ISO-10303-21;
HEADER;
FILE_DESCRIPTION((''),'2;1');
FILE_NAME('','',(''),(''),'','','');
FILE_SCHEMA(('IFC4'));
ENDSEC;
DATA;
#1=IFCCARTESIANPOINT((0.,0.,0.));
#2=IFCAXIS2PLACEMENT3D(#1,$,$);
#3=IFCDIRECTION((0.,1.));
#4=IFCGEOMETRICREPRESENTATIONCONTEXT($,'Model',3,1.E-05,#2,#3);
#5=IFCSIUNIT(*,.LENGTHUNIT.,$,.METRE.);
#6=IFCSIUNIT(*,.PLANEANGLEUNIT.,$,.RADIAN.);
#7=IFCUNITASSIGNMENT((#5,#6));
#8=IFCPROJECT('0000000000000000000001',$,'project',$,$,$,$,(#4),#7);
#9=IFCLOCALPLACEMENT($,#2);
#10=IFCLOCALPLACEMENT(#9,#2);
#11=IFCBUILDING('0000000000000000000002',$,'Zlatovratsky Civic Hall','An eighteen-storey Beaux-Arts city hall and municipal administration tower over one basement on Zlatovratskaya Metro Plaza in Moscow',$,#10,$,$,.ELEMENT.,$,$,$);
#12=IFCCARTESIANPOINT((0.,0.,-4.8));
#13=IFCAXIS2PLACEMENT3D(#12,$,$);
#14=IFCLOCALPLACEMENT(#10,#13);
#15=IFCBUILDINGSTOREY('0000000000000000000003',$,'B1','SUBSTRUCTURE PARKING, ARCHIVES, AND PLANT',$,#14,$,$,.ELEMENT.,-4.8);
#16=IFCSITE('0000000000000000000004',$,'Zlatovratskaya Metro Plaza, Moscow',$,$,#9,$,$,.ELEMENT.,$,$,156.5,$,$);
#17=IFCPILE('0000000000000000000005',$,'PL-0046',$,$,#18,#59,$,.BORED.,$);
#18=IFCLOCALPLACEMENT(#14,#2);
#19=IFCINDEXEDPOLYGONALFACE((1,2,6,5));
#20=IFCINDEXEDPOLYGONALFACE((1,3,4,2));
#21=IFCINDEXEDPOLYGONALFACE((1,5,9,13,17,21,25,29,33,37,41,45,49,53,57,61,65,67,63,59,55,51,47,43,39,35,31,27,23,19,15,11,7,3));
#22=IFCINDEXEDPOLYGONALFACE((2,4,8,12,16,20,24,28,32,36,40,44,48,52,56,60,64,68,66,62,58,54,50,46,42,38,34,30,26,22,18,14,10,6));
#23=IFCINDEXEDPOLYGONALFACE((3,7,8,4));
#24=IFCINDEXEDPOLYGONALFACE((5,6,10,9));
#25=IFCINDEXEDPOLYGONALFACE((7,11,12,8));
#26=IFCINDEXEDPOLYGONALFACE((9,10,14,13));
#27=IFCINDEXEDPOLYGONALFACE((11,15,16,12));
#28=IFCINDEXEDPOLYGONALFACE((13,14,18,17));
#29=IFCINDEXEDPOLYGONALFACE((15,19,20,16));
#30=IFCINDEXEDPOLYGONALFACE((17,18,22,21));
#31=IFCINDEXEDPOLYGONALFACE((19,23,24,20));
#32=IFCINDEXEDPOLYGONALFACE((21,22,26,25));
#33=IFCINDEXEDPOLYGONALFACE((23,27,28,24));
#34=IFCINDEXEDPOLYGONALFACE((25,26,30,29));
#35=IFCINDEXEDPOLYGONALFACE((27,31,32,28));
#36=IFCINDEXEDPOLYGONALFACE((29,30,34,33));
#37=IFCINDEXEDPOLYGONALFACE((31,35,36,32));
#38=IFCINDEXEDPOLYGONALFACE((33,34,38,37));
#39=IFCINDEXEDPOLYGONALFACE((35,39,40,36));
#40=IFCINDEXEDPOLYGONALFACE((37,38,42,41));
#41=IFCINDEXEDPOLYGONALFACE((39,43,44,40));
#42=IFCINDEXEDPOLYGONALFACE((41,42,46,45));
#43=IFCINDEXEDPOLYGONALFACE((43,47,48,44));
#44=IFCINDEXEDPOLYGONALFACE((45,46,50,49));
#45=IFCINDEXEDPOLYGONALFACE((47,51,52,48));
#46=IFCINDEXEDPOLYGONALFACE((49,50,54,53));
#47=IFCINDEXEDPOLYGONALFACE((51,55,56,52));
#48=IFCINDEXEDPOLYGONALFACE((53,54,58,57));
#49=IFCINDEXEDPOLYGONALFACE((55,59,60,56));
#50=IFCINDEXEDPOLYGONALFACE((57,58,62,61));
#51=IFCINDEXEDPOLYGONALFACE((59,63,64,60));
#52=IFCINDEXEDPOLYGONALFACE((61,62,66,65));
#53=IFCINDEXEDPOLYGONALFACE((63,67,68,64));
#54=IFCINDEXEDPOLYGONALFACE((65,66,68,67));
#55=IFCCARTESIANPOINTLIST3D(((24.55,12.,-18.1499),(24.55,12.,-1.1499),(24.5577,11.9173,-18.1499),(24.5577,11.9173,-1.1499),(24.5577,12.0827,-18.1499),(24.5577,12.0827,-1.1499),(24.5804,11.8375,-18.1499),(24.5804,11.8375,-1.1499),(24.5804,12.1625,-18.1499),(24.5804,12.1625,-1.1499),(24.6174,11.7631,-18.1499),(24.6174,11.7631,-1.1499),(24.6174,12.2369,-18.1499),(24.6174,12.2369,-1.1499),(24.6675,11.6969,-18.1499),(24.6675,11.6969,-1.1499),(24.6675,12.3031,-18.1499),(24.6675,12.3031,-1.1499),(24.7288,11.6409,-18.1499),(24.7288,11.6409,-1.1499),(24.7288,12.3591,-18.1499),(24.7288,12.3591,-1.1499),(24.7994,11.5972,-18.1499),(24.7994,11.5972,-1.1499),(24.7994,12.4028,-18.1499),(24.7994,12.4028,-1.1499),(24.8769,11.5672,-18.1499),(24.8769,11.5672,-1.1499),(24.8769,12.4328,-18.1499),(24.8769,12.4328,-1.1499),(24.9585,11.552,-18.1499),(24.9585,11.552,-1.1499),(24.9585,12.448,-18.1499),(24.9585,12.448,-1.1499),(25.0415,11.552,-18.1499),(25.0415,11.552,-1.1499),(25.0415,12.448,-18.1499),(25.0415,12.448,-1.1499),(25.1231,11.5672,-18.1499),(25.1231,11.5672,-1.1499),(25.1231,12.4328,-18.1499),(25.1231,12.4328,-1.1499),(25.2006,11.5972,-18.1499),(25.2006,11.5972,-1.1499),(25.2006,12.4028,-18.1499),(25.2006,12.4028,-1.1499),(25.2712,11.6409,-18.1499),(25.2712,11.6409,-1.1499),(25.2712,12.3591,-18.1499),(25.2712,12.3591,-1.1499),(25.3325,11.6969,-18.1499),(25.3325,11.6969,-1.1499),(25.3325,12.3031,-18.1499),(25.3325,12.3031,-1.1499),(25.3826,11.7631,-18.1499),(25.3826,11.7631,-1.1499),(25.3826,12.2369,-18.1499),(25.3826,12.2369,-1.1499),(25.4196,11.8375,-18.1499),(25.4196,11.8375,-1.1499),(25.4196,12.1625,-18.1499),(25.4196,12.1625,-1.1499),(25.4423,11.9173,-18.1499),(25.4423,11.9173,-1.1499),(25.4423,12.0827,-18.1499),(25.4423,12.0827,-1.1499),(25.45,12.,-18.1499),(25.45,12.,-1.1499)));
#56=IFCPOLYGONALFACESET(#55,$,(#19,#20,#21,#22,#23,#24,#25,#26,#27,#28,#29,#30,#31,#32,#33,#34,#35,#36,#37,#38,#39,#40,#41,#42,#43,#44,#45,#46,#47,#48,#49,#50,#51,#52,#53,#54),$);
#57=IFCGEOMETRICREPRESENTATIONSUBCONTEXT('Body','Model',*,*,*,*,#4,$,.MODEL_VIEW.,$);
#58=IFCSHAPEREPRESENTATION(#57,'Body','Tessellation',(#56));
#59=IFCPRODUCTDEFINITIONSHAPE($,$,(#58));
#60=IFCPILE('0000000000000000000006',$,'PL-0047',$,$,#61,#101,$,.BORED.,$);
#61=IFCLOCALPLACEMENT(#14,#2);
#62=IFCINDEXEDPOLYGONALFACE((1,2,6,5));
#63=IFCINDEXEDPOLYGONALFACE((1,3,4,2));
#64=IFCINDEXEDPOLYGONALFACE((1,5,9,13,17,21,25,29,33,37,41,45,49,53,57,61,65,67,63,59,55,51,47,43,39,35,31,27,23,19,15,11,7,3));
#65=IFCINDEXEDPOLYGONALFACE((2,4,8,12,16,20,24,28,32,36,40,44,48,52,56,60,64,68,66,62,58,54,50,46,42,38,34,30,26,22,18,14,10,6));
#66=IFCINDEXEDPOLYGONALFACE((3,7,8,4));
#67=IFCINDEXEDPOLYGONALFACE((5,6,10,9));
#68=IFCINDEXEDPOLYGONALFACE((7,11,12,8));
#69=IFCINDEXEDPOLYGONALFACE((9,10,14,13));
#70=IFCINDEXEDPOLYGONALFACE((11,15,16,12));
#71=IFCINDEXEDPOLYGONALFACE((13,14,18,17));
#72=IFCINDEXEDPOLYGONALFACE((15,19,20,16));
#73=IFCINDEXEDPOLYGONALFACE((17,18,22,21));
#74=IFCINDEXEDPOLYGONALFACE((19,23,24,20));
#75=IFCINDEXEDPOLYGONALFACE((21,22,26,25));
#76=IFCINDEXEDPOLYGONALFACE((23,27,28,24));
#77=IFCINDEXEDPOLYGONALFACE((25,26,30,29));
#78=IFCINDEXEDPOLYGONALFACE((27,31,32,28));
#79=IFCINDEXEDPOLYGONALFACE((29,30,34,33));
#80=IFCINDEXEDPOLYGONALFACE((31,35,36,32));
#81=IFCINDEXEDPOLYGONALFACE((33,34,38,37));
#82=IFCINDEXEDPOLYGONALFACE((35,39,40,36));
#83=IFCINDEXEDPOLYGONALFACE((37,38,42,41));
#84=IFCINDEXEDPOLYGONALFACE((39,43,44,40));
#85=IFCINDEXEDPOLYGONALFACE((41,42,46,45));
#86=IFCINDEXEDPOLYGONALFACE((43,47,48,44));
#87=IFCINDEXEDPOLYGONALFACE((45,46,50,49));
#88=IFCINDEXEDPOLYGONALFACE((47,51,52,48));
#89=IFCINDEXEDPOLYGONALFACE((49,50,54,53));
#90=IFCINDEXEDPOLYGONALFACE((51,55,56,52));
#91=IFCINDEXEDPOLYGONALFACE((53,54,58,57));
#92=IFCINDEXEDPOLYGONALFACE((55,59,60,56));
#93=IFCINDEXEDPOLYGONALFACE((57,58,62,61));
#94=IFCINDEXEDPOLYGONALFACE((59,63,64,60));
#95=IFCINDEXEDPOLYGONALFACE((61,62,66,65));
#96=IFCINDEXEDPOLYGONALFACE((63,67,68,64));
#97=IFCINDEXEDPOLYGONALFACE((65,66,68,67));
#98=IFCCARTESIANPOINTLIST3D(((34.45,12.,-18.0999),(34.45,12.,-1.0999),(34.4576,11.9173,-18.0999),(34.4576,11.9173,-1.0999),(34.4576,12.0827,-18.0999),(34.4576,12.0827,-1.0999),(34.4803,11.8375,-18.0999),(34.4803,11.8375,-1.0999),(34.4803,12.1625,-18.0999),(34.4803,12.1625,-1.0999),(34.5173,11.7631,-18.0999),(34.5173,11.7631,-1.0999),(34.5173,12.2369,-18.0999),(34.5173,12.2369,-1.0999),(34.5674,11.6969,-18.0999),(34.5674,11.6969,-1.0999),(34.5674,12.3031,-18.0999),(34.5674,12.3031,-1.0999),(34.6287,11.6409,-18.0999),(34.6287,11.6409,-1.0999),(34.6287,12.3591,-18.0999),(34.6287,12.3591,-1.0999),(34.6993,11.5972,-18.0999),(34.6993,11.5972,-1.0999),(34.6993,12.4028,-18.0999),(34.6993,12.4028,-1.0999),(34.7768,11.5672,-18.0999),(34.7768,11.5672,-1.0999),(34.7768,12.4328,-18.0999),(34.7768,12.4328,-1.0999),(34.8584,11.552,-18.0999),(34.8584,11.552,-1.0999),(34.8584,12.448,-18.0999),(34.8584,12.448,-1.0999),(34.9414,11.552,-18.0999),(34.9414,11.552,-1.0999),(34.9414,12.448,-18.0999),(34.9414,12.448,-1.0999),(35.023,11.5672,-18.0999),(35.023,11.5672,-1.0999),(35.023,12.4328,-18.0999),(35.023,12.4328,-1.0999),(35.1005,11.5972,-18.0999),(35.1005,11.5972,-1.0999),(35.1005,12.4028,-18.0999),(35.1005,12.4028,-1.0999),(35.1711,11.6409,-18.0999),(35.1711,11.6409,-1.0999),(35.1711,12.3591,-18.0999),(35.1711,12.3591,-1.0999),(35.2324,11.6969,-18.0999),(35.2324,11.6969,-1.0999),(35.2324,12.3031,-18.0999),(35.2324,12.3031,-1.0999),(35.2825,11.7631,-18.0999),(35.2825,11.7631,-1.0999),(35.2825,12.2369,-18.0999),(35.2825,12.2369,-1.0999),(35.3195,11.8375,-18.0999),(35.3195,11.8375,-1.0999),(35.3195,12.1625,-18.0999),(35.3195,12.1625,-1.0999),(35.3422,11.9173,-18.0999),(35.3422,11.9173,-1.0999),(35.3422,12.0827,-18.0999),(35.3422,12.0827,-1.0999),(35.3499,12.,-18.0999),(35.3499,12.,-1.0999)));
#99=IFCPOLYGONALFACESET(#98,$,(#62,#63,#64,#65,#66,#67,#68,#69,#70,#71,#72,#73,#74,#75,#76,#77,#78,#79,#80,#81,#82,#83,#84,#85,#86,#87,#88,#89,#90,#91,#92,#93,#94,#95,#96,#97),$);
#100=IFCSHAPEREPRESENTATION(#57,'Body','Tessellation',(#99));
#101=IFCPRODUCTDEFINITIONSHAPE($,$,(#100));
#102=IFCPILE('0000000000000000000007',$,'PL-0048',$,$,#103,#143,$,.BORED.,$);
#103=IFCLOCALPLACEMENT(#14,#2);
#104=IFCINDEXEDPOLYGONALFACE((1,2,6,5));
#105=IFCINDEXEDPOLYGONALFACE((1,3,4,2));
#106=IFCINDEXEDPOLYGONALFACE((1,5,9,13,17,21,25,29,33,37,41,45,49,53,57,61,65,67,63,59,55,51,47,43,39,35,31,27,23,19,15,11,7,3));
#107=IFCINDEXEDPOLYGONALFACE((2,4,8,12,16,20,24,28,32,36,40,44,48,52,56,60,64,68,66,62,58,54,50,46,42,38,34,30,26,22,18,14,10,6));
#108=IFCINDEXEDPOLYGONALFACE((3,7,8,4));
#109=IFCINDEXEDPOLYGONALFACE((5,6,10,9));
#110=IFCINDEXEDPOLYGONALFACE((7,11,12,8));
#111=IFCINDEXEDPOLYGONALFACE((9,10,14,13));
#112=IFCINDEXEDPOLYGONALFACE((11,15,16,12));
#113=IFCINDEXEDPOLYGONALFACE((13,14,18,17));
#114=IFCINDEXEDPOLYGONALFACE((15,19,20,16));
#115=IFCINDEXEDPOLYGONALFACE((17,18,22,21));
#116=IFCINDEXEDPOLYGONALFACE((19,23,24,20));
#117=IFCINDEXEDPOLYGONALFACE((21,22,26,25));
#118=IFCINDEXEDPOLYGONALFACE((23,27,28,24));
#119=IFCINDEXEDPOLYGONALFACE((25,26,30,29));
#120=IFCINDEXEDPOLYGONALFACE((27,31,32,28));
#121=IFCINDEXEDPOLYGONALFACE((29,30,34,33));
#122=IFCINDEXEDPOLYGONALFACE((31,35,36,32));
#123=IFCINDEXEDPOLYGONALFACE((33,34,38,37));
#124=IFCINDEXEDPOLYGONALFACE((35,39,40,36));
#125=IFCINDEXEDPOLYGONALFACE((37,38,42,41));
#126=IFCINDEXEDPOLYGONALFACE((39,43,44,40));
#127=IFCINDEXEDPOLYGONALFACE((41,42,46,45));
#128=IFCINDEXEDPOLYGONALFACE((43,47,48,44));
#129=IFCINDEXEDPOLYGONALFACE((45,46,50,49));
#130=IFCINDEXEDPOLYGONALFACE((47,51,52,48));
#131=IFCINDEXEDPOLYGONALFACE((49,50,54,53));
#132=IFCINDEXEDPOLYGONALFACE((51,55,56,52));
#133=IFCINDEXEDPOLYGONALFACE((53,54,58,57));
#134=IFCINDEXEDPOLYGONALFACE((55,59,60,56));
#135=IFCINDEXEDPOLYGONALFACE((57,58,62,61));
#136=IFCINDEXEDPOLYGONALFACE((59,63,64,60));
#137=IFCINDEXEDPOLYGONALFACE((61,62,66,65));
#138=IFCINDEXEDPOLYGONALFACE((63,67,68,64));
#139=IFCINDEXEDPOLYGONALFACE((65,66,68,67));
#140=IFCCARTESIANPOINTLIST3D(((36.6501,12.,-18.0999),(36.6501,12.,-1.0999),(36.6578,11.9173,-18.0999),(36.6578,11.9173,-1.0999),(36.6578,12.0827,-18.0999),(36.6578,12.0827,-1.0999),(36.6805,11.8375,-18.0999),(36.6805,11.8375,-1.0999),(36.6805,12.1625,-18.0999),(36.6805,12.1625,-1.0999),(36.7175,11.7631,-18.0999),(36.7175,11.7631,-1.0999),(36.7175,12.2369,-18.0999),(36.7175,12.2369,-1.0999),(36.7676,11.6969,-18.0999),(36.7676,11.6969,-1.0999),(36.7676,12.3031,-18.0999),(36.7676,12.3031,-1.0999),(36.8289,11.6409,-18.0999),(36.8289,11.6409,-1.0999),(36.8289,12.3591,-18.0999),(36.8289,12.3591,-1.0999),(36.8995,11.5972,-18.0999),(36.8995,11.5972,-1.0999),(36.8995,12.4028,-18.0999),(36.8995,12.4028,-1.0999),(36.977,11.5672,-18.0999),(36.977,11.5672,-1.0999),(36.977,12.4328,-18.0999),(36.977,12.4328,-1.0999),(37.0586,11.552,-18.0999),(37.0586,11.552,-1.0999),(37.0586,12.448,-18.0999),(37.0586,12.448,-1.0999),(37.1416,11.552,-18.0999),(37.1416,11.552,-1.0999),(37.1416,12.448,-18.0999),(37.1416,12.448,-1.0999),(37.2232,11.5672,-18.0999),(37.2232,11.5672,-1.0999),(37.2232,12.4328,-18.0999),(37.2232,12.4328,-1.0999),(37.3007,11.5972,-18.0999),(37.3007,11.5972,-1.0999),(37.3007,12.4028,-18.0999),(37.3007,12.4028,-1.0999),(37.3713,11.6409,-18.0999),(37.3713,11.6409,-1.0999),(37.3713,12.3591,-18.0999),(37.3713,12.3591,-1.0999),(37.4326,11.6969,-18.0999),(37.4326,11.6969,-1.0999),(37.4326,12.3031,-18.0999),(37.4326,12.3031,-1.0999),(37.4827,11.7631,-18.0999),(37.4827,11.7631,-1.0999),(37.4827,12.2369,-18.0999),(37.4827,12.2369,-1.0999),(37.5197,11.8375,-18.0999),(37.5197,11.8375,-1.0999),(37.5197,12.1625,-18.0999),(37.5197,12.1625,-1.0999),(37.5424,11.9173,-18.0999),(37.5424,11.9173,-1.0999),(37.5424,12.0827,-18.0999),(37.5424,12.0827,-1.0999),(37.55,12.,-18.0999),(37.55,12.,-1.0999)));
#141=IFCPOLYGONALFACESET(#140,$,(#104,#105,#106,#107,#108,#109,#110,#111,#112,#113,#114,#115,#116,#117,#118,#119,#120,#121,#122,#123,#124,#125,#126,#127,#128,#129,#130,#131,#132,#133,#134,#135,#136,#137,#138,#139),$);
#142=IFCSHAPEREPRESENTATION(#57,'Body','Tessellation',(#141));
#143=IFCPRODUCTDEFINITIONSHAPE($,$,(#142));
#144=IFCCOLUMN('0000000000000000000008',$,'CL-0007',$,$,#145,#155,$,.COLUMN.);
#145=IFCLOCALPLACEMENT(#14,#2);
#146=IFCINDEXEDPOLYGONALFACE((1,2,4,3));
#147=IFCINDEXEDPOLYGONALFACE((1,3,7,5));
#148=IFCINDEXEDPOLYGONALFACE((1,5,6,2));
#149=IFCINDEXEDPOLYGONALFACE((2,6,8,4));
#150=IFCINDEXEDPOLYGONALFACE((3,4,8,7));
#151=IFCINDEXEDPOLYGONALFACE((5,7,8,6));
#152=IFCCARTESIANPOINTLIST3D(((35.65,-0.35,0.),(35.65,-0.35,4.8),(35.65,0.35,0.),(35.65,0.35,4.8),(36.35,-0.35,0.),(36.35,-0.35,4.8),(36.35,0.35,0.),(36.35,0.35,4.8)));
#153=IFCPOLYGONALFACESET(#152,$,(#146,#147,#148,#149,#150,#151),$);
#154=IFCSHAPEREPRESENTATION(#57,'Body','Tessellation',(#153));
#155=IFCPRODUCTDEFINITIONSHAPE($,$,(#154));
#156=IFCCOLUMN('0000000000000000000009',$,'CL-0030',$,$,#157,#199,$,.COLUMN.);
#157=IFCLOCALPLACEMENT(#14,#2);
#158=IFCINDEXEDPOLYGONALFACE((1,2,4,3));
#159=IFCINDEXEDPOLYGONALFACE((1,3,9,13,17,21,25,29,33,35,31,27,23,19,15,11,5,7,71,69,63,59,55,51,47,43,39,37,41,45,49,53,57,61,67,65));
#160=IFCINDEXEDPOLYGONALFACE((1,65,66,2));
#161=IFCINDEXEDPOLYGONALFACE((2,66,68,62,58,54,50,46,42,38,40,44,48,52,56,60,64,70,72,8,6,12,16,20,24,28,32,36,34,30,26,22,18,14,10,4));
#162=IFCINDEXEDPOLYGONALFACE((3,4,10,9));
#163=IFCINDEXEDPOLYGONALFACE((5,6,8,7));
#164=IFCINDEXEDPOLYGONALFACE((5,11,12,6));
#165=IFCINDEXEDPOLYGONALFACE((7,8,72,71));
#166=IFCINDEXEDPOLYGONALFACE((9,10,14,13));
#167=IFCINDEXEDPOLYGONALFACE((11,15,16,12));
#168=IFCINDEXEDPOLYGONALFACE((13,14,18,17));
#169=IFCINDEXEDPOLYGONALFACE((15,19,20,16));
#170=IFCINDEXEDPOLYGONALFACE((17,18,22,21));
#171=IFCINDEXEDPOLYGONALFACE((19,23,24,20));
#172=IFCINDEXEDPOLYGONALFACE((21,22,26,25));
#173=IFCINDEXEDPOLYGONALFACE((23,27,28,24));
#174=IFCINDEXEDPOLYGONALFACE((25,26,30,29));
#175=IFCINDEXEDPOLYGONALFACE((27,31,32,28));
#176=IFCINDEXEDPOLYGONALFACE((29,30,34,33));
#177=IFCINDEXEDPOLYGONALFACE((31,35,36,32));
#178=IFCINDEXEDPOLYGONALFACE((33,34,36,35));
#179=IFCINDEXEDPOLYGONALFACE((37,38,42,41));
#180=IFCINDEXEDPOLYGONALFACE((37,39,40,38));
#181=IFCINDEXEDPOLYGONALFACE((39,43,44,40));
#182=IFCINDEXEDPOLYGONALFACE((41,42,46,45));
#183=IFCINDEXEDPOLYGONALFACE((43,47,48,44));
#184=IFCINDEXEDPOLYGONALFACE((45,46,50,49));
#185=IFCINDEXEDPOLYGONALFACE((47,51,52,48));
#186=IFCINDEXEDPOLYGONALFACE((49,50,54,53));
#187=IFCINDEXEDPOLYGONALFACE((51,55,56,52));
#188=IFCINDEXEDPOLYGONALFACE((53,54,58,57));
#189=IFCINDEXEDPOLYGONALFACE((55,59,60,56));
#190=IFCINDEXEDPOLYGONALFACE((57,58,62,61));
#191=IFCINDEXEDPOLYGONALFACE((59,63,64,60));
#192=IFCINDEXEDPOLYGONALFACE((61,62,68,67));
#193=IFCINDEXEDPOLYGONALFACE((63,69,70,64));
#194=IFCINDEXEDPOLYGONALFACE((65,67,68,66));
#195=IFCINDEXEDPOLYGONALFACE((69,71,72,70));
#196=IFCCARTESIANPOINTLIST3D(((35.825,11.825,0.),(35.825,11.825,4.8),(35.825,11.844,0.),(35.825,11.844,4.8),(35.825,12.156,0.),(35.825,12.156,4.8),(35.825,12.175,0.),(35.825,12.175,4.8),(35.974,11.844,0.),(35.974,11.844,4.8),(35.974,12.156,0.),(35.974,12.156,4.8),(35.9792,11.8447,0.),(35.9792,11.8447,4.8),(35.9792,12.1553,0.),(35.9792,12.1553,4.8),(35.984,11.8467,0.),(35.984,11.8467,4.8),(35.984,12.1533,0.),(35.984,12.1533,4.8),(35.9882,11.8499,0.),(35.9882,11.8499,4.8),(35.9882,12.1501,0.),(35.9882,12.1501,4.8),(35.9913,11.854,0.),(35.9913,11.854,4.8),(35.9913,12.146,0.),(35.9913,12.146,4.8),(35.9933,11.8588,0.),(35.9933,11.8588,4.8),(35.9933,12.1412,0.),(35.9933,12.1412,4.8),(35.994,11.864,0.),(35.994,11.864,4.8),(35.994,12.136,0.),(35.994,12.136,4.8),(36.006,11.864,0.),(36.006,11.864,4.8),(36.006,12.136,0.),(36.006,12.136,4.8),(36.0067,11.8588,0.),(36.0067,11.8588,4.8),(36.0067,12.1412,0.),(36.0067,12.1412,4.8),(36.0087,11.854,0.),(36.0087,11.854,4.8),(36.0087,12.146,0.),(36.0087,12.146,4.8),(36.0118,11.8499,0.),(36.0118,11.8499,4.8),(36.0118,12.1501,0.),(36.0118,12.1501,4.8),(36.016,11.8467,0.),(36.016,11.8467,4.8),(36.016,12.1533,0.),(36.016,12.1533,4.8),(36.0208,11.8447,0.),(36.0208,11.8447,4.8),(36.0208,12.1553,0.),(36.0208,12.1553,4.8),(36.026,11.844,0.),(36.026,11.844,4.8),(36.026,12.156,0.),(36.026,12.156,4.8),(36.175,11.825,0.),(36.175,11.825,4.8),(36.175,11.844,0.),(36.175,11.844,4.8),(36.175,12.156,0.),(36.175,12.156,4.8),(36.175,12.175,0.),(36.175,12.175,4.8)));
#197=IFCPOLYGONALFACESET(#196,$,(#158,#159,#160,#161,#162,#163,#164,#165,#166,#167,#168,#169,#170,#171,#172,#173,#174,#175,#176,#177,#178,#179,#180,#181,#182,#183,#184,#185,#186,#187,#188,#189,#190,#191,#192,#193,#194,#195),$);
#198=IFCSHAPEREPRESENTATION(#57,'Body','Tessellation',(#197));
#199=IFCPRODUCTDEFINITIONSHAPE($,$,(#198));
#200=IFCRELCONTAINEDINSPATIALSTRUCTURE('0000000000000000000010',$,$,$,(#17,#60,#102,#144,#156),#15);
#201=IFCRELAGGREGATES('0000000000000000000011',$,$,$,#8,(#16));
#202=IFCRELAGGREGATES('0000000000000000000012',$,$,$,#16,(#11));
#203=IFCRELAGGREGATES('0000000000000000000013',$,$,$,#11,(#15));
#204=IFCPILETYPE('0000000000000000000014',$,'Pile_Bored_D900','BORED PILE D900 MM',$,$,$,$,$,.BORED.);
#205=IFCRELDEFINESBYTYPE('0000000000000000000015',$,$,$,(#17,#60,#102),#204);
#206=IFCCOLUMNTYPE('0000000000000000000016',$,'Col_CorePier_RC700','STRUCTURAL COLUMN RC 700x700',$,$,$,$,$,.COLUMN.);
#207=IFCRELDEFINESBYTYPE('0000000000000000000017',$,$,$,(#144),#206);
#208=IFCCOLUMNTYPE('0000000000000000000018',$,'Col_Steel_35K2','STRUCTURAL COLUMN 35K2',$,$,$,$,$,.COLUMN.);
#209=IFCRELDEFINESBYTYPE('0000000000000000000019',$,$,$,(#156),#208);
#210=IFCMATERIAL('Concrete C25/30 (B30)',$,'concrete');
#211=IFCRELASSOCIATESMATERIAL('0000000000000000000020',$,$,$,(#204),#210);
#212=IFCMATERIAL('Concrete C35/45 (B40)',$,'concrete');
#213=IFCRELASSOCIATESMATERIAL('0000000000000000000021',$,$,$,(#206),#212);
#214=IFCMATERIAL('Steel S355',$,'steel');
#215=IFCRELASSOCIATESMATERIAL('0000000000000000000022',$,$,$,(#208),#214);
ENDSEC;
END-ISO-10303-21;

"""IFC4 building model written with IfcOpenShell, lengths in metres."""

from ifc_helpers import new_model, si_unit, direction, frame, origin, origin_2d, place, context, subcontext, project, spatial, rectangle, circle, i_section, extrude, material, material_profile, profile_set, type_object, element, save


model = new_model("IFC4")

# Units and contexts
model_context = context("Model", 3, precision=1e-05, world=origin(), true_north=direction((0.0, 1.0)))
body_context = subcontext(model_context, "Body", "Model", "MODEL_VIEW")
ifc_project = project(units=[si_unit("LENGTHUNIT", "METRE"), si_unit("PLANEANGLEUNIT", "RADIAN")], contexts=[model_context])

# Site, building, storey
site_placement = place(None, origin())
site = spatial("IfcSite", under=ifc_project, at=site_placement, Name="Zlatovratskaya Metro Plaza, Moscow", CompositionType="ELEMENT", RefElevation=156.5)
building_placement = place(site_placement, origin())
building = spatial("IfcBuilding", under=site, at=building_placement, Name="Zlatovratsky Civic Hall", Description="An eighteen-storey Beaux-Arts city hall and municipal administration tower over one basement on Zlatovratskaya Metro Plaza in Moscow", CompositionType="ELEMENT")
storey_placement = place(building_placement, frame((0.0, 0.0, -4.8)))
storey = spatial("IfcBuildingStorey", under=building, at=storey_placement, Name="B1", Description="SUBSTRUCTURE PARKING, ARCHIVES, AND PLANT", CompositionType="ELEMENT", Elevation=-4.8)

# Shared definitions
ifc_material_1 = material(Name="Concrete C25/30 (B30)", Category="concrete")

# Piles
ifc_material_profile_1 = material_profile(ifc_material_1, circle(Radius=0.45, at=origin_2d()), Name="PILE D900")
ifc_profile_set_1 = profile_set([ifc_material_profile_1], Name="Concrete C25/30 (B30)")
pile_type = type_object("IfcPileType", Name="Pile_Bored_D900", Description="BORED PILE D900 MM", PredefinedType="BORED", material=ifc_profile_set_1)
for number, where, z_axis, x_axis, name in (
    (1, (25.0, 12.0, -1.1499), (0.0, 0.0, -1.0), (1.0, 0.0, 0.0), "PL-0046"),
    (2, (34.8999, 12.0, -1.0999), (0.0, 0.0, -1.0), (1.0, 0.0, 0.0), "PL-0047"),
    (3, (37.1001, 12.0, -1.0999), (0.0, 0.0, -1.0), (1.0, 0.0, 0.0), "PL-0048"),
):
    element("IfcPile", number, at=place(storey_placement, frame(where, z_axis=z_axis, x_axis=x_axis)), inside=storey, type_object=pile_type, Name=name, PredefinedType="BORED", context=body_context, shape_type="SweptSolid", body=[
        extrude(circle(Radius=0.45, at=origin_2d()), origin(), (0.0, 0.0, 1.0), 17.0),
    ])

# Columns
ifc_material_2 = material(Name="Concrete C35/45 (B40)", Category="concrete")
ifc_material_profile_2 = material_profile(ifc_material_2, rectangle(XDim=0.7, YDim=0.7, at=origin_2d()), Name="RC 700x700")
ifc_profile_set_2 = profile_set([ifc_material_profile_2], Name="Concrete C35/45 (B40)")
column_type_1 = type_object("IfcColumnType", Name="Col_CorePier_RC700", Description="STRUCTURAL COLUMN RC 700x700", PredefinedType="COLUMN", material=ifc_profile_set_2)
column_1_placement = place(storey_placement, frame((36.0, 0.0, 0.0), z_axis=(0.0, 0.0, 1.0), x_axis=(1.0, 0.0, 0.0)))
element("IfcColumn", 4, at=column_1_placement, inside=storey, type_object=column_type_1, Name="CL-0007", PredefinedType="COLUMN", context=body_context, shape_type="SweptSolid", body=[
    extrude(rectangle(XDim=0.7, YDim=0.7, at=origin_2d()), origin(), (0.0, 0.0, 1.0), 4.8),
])
ifc_material_3 = material(Name="Steel S355", Category="steel")
ifc_material_profile_3 = material_profile(ifc_material_3, i_section(OverallWidth=0.3501, OverallDepth=0.3501, WebThickness=0.012, FlangeThickness=0.019, FilletRadius=0.02, at=origin_2d()), Name="35K2")
ifc_profile_set_3 = profile_set([ifc_material_profile_3], Name="Steel S355")
column_type_2 = type_object("IfcColumnType", Name="Col_Steel_35K2", Description="STRUCTURAL COLUMN 35K2", PredefinedType="COLUMN", material=ifc_profile_set_3)
column_2_placement = place(storey_placement, frame((36.0, 12.0, 0.0), z_axis=(0.0, 0.0, 1.0), x_axis=(1.0, 0.0, 0.0)))
element("IfcColumn", 5, at=column_2_placement, inside=storey, type_object=column_type_2, Name="CL-0030", PredefinedType="COLUMN", context=body_context, shape_type="SweptSolid", body=[
    extrude(i_section(OverallWidth=0.3501, OverallDepth=0.3501, WebThickness=0.012, FlangeThickness=0.019, FilletRadius=0.02, at=origin_2d()), origin(), (0.0, 0.0, 1.0), 4.8),
])

save(model, "model.ifc")
